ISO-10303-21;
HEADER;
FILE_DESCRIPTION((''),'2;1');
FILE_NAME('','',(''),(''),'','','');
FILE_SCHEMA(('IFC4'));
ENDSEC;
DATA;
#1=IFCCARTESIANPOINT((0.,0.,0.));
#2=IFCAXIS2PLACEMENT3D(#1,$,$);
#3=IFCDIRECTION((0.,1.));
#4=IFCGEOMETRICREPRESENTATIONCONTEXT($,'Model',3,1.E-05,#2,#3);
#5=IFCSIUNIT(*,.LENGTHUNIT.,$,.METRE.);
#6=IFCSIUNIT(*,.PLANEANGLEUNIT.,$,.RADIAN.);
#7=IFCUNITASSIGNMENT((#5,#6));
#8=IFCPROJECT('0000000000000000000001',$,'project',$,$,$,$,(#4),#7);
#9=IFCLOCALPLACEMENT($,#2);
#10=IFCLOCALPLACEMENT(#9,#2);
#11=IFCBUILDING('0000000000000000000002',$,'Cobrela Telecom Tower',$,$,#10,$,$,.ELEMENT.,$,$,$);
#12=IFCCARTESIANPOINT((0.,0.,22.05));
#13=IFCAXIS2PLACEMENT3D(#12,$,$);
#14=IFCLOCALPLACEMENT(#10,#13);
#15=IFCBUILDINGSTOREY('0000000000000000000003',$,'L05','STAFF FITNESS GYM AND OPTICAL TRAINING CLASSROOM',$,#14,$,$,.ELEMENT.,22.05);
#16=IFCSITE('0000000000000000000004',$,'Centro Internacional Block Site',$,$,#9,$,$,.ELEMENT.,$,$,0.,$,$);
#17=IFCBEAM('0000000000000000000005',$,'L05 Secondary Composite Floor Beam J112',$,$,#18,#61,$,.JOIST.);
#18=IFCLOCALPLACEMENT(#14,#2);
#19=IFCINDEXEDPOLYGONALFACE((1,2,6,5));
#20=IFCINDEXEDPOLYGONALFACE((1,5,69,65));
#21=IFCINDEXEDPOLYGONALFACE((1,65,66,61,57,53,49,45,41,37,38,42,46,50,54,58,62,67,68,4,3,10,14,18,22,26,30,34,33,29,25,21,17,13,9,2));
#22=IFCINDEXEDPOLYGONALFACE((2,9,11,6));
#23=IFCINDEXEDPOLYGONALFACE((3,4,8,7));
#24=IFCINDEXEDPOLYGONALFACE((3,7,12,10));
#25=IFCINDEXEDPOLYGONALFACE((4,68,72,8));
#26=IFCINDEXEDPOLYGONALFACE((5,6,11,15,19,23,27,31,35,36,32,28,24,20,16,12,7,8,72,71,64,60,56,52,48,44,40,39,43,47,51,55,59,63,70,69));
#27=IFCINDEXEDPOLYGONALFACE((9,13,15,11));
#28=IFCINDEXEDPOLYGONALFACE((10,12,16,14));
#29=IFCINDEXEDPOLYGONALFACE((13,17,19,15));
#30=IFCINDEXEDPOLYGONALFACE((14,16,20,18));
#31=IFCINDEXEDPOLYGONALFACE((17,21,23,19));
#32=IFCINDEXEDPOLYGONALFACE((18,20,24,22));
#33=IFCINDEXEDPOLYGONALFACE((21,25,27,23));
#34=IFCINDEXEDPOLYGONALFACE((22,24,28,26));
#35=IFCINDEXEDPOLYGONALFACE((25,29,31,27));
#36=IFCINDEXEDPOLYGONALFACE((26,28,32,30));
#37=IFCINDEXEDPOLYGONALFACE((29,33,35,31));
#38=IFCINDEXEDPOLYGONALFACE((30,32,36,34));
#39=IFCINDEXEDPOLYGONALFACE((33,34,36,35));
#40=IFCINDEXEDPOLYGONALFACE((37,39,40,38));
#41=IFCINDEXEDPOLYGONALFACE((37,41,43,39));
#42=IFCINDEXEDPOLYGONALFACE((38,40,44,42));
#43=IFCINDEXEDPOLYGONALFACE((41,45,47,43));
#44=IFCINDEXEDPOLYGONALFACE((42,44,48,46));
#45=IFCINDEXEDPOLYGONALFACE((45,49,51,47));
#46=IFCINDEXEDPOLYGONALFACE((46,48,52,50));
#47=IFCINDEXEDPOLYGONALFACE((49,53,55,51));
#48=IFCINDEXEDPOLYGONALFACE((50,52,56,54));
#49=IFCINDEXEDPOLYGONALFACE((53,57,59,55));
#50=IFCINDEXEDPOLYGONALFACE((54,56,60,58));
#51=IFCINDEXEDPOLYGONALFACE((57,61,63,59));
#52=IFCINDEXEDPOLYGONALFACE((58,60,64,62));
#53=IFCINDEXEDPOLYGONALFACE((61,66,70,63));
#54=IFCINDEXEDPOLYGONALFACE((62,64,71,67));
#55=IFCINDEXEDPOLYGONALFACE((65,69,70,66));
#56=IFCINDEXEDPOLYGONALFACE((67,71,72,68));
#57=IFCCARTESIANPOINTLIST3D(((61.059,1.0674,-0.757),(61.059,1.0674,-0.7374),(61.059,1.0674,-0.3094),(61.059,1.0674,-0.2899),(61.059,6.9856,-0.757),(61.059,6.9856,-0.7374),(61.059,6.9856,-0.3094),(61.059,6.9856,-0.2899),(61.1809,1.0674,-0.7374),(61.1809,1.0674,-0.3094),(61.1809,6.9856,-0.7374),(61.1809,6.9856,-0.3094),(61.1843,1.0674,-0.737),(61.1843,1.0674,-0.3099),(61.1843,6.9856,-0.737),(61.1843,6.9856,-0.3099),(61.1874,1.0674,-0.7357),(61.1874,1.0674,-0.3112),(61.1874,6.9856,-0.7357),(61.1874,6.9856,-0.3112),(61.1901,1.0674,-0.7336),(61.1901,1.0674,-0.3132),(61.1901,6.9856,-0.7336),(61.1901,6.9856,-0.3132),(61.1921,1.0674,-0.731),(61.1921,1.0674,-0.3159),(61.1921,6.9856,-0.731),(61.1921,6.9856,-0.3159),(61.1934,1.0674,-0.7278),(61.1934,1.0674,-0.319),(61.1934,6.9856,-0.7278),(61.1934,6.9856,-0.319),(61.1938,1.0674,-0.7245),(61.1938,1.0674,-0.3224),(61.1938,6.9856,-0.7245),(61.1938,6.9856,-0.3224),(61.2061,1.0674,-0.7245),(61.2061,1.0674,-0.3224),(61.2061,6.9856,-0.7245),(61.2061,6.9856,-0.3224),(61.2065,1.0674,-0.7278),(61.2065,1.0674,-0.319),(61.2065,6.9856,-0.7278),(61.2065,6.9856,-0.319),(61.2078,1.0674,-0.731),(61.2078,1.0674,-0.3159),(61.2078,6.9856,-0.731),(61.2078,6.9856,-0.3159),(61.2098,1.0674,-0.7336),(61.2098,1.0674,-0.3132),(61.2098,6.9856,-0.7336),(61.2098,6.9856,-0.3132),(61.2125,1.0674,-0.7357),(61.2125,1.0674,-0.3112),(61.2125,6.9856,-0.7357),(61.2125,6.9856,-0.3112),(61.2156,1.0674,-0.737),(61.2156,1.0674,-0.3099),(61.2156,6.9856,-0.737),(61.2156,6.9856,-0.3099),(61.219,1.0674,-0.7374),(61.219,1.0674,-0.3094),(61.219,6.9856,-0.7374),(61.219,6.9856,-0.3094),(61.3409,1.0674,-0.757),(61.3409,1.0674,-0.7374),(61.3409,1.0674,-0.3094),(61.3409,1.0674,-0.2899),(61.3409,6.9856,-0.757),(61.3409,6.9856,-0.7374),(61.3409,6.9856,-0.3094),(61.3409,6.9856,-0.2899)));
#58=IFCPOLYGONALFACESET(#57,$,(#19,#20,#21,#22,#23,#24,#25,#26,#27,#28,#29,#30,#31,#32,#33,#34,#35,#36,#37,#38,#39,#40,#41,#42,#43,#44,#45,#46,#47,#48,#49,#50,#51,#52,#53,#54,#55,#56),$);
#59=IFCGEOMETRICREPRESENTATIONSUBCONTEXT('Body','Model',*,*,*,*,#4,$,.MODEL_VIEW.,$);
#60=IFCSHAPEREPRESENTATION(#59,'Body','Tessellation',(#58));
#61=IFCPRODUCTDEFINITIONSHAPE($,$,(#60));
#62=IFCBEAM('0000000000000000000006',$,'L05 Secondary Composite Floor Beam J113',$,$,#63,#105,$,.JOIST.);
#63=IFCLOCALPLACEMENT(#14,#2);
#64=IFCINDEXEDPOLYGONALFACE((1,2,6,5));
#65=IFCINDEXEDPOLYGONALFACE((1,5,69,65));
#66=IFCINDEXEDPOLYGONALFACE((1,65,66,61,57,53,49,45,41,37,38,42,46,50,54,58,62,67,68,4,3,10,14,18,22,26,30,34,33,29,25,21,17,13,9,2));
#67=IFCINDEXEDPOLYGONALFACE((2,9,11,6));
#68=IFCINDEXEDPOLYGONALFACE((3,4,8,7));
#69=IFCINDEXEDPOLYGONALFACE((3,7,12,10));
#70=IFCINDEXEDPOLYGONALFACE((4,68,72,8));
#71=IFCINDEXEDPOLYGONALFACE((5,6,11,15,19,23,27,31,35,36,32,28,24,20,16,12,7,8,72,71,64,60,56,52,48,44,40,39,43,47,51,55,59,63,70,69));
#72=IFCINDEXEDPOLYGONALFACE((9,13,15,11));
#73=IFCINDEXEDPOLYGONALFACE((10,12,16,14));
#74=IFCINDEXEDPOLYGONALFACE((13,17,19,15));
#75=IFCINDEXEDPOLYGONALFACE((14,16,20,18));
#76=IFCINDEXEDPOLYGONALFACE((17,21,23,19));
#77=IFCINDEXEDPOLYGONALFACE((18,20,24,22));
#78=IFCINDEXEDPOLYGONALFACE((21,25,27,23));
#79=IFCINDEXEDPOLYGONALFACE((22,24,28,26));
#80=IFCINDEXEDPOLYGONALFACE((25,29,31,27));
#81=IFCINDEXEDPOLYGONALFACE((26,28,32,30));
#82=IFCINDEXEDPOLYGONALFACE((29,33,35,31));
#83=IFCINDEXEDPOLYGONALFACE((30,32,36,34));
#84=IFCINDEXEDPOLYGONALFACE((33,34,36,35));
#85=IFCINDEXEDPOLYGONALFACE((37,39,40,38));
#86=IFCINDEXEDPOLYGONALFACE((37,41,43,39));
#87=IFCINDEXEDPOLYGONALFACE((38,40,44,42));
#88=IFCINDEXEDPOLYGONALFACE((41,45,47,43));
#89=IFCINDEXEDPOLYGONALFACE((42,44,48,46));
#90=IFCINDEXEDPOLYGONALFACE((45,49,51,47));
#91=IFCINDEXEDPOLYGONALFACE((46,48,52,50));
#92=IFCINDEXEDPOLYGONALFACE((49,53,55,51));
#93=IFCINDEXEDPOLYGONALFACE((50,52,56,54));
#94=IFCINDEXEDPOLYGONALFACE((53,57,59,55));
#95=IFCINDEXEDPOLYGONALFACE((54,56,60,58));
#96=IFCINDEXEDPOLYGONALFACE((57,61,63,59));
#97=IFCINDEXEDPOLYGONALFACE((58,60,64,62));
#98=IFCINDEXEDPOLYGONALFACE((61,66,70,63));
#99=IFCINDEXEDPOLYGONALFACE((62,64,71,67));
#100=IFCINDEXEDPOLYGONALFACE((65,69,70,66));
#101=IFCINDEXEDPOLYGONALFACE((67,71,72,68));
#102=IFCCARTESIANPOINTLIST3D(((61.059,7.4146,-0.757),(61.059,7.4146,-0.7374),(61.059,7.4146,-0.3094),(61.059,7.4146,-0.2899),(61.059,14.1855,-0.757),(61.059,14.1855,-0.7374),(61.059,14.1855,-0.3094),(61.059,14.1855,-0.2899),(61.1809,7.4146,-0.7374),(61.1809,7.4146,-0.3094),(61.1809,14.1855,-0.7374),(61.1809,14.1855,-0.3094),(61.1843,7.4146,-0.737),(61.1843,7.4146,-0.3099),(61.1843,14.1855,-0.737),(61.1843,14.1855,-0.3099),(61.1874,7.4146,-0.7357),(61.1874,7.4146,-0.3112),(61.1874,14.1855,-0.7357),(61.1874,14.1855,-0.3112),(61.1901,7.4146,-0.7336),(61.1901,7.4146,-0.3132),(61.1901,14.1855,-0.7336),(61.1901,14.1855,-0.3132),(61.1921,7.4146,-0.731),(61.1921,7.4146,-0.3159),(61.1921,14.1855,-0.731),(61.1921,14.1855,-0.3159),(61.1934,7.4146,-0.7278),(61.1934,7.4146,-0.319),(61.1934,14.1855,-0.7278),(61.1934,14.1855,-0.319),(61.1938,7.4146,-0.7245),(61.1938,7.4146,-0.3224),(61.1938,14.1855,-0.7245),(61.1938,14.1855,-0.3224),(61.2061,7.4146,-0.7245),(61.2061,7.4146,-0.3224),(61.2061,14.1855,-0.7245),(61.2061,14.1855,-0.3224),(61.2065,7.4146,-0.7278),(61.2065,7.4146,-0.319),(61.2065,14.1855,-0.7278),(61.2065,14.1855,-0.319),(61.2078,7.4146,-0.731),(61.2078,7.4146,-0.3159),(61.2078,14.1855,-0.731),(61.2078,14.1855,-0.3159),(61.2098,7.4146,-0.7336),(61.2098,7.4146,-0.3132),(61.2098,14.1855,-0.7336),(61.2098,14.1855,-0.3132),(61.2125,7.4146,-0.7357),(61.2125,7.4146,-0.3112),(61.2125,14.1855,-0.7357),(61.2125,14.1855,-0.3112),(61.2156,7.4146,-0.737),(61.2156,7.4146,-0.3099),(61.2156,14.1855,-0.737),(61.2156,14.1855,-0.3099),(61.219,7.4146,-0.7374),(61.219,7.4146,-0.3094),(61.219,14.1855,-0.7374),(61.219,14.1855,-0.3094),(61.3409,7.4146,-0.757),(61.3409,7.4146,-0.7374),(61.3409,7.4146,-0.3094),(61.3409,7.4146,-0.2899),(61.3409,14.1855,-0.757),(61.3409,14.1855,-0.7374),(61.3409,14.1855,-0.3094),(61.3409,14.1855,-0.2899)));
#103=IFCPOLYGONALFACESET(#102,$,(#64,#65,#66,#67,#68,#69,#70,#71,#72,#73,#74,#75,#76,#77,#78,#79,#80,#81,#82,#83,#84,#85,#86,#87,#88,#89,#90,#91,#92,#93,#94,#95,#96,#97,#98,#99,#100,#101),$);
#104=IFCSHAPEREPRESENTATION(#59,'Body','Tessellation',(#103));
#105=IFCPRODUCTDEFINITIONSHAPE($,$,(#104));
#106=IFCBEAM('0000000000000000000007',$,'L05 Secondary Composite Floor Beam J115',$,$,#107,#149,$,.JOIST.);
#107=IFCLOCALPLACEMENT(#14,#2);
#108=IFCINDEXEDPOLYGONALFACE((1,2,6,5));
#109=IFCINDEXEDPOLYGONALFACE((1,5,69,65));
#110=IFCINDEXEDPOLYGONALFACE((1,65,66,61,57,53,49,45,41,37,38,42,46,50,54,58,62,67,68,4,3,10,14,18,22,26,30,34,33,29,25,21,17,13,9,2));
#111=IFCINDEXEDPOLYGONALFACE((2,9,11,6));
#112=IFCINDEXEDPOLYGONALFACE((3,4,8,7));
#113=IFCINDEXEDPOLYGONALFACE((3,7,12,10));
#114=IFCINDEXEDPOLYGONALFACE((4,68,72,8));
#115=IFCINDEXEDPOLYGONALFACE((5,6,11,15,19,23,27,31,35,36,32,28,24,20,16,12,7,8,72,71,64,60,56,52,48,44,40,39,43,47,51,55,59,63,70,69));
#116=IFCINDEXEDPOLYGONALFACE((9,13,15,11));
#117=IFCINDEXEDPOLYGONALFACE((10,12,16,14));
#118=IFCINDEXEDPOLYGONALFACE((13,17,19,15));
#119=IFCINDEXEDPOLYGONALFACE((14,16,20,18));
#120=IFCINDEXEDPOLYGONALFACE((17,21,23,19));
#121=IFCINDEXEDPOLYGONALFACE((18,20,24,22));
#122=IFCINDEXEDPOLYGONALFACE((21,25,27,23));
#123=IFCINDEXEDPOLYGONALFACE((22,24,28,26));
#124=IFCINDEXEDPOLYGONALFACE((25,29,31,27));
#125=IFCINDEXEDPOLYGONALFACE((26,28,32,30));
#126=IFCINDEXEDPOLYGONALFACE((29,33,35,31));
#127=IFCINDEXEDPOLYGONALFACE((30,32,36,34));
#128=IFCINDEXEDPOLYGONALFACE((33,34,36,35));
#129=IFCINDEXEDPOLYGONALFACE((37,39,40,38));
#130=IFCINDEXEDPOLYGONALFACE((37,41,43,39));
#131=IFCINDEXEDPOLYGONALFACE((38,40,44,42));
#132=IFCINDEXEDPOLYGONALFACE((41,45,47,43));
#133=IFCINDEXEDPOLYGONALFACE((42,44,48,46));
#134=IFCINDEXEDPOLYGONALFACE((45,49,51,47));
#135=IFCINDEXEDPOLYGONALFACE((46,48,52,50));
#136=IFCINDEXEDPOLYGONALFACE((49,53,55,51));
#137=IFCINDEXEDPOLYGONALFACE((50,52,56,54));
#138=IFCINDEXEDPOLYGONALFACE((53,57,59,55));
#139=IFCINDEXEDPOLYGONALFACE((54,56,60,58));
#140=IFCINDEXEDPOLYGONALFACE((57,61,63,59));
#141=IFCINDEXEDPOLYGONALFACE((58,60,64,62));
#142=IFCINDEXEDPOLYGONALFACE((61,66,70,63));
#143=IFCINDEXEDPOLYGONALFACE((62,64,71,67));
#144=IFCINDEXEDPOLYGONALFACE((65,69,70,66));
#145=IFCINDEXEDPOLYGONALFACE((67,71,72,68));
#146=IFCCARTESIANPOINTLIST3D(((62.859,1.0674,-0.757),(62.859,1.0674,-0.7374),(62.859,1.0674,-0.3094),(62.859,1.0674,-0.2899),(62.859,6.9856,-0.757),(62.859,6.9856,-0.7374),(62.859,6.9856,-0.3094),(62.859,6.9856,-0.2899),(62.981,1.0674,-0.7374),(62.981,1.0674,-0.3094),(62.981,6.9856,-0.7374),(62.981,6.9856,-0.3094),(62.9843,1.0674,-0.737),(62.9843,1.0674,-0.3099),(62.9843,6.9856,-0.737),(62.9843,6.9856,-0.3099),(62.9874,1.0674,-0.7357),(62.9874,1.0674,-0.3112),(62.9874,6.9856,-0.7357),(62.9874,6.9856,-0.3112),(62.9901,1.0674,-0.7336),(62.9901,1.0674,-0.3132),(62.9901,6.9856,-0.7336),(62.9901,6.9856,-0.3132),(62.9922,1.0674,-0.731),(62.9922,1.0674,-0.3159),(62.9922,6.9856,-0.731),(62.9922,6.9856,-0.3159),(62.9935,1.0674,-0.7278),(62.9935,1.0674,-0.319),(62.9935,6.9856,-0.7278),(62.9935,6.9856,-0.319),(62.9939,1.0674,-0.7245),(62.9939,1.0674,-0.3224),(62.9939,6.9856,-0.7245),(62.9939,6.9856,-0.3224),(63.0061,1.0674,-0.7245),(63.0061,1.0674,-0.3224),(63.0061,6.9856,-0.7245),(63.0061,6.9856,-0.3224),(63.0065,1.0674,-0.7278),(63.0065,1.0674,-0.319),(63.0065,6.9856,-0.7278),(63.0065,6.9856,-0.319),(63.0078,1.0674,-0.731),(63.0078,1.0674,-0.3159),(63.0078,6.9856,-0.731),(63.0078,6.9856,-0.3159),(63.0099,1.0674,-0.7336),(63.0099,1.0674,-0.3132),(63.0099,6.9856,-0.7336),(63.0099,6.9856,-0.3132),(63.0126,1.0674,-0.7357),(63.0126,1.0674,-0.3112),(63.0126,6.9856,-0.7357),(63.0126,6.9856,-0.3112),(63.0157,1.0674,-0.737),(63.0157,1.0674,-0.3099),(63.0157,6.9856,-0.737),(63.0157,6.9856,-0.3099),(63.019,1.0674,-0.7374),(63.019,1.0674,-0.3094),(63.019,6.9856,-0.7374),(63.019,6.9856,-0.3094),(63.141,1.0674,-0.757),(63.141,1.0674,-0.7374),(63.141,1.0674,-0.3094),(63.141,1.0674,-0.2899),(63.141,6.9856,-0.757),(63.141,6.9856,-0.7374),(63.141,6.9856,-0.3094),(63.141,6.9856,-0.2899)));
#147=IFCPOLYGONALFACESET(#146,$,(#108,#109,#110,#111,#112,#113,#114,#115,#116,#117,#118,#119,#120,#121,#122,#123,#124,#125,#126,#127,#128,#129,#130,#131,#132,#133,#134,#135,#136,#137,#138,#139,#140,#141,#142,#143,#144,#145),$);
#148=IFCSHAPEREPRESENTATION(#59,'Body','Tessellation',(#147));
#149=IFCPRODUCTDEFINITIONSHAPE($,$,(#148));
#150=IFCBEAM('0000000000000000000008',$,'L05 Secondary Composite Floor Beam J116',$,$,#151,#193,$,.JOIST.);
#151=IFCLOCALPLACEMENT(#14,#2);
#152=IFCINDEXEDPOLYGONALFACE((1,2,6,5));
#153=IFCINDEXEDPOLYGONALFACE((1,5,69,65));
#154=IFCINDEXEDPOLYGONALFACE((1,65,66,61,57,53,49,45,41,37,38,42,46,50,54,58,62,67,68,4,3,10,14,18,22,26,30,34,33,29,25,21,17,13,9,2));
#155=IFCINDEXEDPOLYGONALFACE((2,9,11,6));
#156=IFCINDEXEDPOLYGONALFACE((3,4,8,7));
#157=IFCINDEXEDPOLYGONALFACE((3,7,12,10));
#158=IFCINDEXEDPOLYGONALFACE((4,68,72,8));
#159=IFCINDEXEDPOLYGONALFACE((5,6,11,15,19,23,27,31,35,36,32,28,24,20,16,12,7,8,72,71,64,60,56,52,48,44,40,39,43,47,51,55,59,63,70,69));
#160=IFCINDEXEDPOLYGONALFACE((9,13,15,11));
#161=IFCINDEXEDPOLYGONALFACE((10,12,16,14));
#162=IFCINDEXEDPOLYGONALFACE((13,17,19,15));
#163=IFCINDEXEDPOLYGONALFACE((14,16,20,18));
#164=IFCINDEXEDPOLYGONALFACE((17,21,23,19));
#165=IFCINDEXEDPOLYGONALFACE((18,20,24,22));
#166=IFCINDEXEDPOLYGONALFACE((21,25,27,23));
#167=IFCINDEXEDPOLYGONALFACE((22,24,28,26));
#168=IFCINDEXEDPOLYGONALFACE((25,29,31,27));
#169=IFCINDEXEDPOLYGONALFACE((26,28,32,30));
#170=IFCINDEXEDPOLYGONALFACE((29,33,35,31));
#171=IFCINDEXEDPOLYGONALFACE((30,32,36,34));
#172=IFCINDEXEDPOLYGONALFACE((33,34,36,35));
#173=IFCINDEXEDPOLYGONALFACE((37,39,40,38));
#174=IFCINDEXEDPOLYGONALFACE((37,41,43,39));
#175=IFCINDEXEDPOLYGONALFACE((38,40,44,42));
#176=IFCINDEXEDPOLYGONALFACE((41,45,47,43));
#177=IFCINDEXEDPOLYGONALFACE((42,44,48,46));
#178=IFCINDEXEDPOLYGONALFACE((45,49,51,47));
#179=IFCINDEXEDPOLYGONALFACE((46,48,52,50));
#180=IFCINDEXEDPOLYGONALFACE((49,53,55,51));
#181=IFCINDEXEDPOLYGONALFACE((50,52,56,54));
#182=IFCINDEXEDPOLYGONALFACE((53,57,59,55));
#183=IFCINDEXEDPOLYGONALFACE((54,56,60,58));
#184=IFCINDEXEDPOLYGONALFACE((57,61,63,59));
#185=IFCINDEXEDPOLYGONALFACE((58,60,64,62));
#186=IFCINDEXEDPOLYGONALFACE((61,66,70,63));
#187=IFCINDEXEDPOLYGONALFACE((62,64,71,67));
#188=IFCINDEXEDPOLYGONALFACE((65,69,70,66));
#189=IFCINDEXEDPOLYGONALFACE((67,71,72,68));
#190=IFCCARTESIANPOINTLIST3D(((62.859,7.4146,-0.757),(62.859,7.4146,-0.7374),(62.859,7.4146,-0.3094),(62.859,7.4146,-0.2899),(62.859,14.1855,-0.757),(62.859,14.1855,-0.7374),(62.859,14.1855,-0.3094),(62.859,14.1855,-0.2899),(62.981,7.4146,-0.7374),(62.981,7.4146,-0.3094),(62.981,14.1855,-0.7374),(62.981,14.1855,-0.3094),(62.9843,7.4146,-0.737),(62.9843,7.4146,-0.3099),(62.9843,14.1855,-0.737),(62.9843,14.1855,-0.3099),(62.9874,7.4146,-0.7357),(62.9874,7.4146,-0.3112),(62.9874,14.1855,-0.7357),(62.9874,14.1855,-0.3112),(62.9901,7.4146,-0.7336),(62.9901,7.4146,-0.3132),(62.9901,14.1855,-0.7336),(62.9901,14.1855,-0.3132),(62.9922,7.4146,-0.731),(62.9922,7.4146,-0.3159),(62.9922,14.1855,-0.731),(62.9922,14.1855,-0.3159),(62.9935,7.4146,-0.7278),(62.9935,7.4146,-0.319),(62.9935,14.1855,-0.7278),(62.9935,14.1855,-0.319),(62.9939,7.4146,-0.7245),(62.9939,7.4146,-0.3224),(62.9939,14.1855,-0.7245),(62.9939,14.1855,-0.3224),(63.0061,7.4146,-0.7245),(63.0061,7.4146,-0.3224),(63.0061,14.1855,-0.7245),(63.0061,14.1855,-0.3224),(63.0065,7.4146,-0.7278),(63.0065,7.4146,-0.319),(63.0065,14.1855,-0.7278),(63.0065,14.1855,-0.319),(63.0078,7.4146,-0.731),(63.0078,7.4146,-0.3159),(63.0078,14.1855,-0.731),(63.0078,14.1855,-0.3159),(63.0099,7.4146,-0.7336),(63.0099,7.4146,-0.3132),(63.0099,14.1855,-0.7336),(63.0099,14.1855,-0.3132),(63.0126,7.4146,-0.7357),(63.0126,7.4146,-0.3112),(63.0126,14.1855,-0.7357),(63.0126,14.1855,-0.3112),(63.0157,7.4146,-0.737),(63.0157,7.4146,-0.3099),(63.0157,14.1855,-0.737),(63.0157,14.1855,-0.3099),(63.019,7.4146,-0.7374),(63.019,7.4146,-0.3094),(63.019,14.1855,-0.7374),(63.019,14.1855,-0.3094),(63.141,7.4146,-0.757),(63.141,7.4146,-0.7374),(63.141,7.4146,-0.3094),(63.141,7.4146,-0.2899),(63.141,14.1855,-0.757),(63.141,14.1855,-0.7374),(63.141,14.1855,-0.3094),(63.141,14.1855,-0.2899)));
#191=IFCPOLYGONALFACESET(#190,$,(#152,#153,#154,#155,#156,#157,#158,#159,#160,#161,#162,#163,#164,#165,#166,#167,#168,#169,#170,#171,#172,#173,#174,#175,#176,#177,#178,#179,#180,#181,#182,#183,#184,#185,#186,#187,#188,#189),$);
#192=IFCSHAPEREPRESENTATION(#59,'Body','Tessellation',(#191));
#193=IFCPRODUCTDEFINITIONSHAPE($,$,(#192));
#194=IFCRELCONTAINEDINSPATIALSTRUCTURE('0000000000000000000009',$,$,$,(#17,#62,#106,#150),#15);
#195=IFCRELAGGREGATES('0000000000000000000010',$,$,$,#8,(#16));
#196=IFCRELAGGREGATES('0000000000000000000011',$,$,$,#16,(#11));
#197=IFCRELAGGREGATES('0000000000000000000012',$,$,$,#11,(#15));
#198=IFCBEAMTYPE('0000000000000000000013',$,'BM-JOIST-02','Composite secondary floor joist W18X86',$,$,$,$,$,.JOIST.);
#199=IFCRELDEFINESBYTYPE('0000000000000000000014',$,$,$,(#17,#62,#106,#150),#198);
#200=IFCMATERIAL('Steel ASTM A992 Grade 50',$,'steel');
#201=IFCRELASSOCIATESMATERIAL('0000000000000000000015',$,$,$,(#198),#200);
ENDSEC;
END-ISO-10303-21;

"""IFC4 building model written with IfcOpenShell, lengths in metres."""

from ifc_helpers import new_model, si_unit, direction, frame, origin, origin_2d, place, context, subcontext, project, spatial, i_section, extrude, material, material_profile, profile_set, type_object, element, save


model = new_model("IFC4")

# Units and contexts
model_context = context("Model", 3, precision=1e-05, world=origin(), true_north=direction((0.0, 1.0)))
body_context = subcontext(model_context, "Body", "Model", "MODEL_VIEW")
ifc_project = project(units=[si_unit("LENGTHUNIT", "METRE"), si_unit("PLANEANGLEUNIT", "RADIAN")], contexts=[model_context])

# Site, building, storey
site_placement = place(None, origin())
site = spatial("IfcSite", under=ifc_project, at=site_placement, Name="Centro Internacional Block Site", CompositionType="ELEMENT", RefElevation=0.0)
building_placement = place(site_placement, origin())
building = spatial("IfcBuilding", under=site, at=building_placement, Name="Cobrela Telecom Tower", CompositionType="ELEMENT")
storey_placement = place(building_placement, frame((0.0, 0.0, 22.05)))
storey = spatial("IfcBuildingStorey", under=building, at=storey_placement, Name="L05", Description="STAFF FITNESS GYM AND OPTICAL TRAINING CLASSROOM", CompositionType="ELEMENT", Elevation=22.05)

# Beams
ifc_material_1 = material(Name="Steel ASTM A992 Grade 50", Category="steel")
ifc_material_profile_1 = material_profile(ifc_material_1, i_section(OverallWidth=0.282, OverallDepth=0.467, WebThickness=0.0122, FlangeThickness=0.0195, FilletRadius=0.0129, at=origin_2d()), Name="W18X86")
ifc_profile_set_1 = profile_set([ifc_material_profile_1], Name="Steel ASTM A992 Grade 50")
beam_type_1 = type_object("IfcBeamType", Name="BM-JOIST-02", Description="Composite secondary floor joist W18X86", PredefinedType="JOIST", material=ifc_profile_set_1)
beam_1_placement = place(storey_placement, frame((61.2, 1.0674, -0.5234), z_axis=(0.0, 1.0, 0.0), x_axis=(-1.0, 0.0, 0.0)))
element("IfcBeam", 1, at=beam_1_placement, inside=storey, type_object=beam_type_1, Name="L05 Secondary Composite Floor Beam J112", PredefinedType="JOIST", context=body_context, shape_type="SweptSolid", body=[
    extrude(i_section(OverallWidth=0.282, OverallDepth=0.467, WebThickness=0.0122, FlangeThickness=0.0195, FilletRadius=0.0129, at=origin_2d()), origin(), (0.0, 0.0, 1.0), 5.9182),
])
beam_2_placement = place(storey_placement, frame((61.2, 7.4146, -0.5234), z_axis=(0.0, 1.0, 0.0), x_axis=(-1.0, 0.0, 0.0)))
element("IfcBeam", 2, at=beam_2_placement, inside=storey, type_object=beam_type_1, Name="L05 Secondary Composite Floor Beam J113", PredefinedType="JOIST", context=body_context, shape_type="SweptSolid", body=[
    extrude(i_section(OverallWidth=0.282, OverallDepth=0.467, WebThickness=0.0122, FlangeThickness=0.0195, FilletRadius=0.0129, at=origin_2d()), origin(), (0.0, 0.0, 1.0), 6.771),
])
beam_3_placement = place(storey_placement, frame((63.0, 1.0674, -0.5234), z_axis=(0.0, 1.0, 0.0), x_axis=(-1.0, 0.0, 0.0)))
element("IfcBeam", 3, at=beam_3_placement, inside=storey, type_object=beam_type_1, Name="L05 Secondary Composite Floor Beam J115", PredefinedType="JOIST", context=body_context, shape_type="SweptSolid", body=[
    extrude(i_section(OverallWidth=0.282, OverallDepth=0.467, WebThickness=0.0122, FlangeThickness=0.0195, FilletRadius=0.0129, at=origin_2d()), origin(), (0.0, 0.0, 1.0), 5.9182),
])
beam_4_placement = place(storey_placement, frame((63.0, 7.4146, -0.5234), z_axis=(0.0, 1.0, 0.0), x_axis=(-1.0, 0.0, 0.0)))
element("IfcBeam", 4, at=beam_4_placement, inside=storey, type_object=beam_type_1, Name="L05 Secondary Composite Floor Beam J116", PredefinedType="JOIST", context=body_context, shape_type="SweptSolid", body=[
    extrude(i_section(OverallWidth=0.282, OverallDepth=0.467, WebThickness=0.0122, FlangeThickness=0.0195, FilletRadius=0.0129, at=origin_2d()), origin(), (0.0, 0.0, 1.0), 6.771),
])

save(model, "model.ifc")
